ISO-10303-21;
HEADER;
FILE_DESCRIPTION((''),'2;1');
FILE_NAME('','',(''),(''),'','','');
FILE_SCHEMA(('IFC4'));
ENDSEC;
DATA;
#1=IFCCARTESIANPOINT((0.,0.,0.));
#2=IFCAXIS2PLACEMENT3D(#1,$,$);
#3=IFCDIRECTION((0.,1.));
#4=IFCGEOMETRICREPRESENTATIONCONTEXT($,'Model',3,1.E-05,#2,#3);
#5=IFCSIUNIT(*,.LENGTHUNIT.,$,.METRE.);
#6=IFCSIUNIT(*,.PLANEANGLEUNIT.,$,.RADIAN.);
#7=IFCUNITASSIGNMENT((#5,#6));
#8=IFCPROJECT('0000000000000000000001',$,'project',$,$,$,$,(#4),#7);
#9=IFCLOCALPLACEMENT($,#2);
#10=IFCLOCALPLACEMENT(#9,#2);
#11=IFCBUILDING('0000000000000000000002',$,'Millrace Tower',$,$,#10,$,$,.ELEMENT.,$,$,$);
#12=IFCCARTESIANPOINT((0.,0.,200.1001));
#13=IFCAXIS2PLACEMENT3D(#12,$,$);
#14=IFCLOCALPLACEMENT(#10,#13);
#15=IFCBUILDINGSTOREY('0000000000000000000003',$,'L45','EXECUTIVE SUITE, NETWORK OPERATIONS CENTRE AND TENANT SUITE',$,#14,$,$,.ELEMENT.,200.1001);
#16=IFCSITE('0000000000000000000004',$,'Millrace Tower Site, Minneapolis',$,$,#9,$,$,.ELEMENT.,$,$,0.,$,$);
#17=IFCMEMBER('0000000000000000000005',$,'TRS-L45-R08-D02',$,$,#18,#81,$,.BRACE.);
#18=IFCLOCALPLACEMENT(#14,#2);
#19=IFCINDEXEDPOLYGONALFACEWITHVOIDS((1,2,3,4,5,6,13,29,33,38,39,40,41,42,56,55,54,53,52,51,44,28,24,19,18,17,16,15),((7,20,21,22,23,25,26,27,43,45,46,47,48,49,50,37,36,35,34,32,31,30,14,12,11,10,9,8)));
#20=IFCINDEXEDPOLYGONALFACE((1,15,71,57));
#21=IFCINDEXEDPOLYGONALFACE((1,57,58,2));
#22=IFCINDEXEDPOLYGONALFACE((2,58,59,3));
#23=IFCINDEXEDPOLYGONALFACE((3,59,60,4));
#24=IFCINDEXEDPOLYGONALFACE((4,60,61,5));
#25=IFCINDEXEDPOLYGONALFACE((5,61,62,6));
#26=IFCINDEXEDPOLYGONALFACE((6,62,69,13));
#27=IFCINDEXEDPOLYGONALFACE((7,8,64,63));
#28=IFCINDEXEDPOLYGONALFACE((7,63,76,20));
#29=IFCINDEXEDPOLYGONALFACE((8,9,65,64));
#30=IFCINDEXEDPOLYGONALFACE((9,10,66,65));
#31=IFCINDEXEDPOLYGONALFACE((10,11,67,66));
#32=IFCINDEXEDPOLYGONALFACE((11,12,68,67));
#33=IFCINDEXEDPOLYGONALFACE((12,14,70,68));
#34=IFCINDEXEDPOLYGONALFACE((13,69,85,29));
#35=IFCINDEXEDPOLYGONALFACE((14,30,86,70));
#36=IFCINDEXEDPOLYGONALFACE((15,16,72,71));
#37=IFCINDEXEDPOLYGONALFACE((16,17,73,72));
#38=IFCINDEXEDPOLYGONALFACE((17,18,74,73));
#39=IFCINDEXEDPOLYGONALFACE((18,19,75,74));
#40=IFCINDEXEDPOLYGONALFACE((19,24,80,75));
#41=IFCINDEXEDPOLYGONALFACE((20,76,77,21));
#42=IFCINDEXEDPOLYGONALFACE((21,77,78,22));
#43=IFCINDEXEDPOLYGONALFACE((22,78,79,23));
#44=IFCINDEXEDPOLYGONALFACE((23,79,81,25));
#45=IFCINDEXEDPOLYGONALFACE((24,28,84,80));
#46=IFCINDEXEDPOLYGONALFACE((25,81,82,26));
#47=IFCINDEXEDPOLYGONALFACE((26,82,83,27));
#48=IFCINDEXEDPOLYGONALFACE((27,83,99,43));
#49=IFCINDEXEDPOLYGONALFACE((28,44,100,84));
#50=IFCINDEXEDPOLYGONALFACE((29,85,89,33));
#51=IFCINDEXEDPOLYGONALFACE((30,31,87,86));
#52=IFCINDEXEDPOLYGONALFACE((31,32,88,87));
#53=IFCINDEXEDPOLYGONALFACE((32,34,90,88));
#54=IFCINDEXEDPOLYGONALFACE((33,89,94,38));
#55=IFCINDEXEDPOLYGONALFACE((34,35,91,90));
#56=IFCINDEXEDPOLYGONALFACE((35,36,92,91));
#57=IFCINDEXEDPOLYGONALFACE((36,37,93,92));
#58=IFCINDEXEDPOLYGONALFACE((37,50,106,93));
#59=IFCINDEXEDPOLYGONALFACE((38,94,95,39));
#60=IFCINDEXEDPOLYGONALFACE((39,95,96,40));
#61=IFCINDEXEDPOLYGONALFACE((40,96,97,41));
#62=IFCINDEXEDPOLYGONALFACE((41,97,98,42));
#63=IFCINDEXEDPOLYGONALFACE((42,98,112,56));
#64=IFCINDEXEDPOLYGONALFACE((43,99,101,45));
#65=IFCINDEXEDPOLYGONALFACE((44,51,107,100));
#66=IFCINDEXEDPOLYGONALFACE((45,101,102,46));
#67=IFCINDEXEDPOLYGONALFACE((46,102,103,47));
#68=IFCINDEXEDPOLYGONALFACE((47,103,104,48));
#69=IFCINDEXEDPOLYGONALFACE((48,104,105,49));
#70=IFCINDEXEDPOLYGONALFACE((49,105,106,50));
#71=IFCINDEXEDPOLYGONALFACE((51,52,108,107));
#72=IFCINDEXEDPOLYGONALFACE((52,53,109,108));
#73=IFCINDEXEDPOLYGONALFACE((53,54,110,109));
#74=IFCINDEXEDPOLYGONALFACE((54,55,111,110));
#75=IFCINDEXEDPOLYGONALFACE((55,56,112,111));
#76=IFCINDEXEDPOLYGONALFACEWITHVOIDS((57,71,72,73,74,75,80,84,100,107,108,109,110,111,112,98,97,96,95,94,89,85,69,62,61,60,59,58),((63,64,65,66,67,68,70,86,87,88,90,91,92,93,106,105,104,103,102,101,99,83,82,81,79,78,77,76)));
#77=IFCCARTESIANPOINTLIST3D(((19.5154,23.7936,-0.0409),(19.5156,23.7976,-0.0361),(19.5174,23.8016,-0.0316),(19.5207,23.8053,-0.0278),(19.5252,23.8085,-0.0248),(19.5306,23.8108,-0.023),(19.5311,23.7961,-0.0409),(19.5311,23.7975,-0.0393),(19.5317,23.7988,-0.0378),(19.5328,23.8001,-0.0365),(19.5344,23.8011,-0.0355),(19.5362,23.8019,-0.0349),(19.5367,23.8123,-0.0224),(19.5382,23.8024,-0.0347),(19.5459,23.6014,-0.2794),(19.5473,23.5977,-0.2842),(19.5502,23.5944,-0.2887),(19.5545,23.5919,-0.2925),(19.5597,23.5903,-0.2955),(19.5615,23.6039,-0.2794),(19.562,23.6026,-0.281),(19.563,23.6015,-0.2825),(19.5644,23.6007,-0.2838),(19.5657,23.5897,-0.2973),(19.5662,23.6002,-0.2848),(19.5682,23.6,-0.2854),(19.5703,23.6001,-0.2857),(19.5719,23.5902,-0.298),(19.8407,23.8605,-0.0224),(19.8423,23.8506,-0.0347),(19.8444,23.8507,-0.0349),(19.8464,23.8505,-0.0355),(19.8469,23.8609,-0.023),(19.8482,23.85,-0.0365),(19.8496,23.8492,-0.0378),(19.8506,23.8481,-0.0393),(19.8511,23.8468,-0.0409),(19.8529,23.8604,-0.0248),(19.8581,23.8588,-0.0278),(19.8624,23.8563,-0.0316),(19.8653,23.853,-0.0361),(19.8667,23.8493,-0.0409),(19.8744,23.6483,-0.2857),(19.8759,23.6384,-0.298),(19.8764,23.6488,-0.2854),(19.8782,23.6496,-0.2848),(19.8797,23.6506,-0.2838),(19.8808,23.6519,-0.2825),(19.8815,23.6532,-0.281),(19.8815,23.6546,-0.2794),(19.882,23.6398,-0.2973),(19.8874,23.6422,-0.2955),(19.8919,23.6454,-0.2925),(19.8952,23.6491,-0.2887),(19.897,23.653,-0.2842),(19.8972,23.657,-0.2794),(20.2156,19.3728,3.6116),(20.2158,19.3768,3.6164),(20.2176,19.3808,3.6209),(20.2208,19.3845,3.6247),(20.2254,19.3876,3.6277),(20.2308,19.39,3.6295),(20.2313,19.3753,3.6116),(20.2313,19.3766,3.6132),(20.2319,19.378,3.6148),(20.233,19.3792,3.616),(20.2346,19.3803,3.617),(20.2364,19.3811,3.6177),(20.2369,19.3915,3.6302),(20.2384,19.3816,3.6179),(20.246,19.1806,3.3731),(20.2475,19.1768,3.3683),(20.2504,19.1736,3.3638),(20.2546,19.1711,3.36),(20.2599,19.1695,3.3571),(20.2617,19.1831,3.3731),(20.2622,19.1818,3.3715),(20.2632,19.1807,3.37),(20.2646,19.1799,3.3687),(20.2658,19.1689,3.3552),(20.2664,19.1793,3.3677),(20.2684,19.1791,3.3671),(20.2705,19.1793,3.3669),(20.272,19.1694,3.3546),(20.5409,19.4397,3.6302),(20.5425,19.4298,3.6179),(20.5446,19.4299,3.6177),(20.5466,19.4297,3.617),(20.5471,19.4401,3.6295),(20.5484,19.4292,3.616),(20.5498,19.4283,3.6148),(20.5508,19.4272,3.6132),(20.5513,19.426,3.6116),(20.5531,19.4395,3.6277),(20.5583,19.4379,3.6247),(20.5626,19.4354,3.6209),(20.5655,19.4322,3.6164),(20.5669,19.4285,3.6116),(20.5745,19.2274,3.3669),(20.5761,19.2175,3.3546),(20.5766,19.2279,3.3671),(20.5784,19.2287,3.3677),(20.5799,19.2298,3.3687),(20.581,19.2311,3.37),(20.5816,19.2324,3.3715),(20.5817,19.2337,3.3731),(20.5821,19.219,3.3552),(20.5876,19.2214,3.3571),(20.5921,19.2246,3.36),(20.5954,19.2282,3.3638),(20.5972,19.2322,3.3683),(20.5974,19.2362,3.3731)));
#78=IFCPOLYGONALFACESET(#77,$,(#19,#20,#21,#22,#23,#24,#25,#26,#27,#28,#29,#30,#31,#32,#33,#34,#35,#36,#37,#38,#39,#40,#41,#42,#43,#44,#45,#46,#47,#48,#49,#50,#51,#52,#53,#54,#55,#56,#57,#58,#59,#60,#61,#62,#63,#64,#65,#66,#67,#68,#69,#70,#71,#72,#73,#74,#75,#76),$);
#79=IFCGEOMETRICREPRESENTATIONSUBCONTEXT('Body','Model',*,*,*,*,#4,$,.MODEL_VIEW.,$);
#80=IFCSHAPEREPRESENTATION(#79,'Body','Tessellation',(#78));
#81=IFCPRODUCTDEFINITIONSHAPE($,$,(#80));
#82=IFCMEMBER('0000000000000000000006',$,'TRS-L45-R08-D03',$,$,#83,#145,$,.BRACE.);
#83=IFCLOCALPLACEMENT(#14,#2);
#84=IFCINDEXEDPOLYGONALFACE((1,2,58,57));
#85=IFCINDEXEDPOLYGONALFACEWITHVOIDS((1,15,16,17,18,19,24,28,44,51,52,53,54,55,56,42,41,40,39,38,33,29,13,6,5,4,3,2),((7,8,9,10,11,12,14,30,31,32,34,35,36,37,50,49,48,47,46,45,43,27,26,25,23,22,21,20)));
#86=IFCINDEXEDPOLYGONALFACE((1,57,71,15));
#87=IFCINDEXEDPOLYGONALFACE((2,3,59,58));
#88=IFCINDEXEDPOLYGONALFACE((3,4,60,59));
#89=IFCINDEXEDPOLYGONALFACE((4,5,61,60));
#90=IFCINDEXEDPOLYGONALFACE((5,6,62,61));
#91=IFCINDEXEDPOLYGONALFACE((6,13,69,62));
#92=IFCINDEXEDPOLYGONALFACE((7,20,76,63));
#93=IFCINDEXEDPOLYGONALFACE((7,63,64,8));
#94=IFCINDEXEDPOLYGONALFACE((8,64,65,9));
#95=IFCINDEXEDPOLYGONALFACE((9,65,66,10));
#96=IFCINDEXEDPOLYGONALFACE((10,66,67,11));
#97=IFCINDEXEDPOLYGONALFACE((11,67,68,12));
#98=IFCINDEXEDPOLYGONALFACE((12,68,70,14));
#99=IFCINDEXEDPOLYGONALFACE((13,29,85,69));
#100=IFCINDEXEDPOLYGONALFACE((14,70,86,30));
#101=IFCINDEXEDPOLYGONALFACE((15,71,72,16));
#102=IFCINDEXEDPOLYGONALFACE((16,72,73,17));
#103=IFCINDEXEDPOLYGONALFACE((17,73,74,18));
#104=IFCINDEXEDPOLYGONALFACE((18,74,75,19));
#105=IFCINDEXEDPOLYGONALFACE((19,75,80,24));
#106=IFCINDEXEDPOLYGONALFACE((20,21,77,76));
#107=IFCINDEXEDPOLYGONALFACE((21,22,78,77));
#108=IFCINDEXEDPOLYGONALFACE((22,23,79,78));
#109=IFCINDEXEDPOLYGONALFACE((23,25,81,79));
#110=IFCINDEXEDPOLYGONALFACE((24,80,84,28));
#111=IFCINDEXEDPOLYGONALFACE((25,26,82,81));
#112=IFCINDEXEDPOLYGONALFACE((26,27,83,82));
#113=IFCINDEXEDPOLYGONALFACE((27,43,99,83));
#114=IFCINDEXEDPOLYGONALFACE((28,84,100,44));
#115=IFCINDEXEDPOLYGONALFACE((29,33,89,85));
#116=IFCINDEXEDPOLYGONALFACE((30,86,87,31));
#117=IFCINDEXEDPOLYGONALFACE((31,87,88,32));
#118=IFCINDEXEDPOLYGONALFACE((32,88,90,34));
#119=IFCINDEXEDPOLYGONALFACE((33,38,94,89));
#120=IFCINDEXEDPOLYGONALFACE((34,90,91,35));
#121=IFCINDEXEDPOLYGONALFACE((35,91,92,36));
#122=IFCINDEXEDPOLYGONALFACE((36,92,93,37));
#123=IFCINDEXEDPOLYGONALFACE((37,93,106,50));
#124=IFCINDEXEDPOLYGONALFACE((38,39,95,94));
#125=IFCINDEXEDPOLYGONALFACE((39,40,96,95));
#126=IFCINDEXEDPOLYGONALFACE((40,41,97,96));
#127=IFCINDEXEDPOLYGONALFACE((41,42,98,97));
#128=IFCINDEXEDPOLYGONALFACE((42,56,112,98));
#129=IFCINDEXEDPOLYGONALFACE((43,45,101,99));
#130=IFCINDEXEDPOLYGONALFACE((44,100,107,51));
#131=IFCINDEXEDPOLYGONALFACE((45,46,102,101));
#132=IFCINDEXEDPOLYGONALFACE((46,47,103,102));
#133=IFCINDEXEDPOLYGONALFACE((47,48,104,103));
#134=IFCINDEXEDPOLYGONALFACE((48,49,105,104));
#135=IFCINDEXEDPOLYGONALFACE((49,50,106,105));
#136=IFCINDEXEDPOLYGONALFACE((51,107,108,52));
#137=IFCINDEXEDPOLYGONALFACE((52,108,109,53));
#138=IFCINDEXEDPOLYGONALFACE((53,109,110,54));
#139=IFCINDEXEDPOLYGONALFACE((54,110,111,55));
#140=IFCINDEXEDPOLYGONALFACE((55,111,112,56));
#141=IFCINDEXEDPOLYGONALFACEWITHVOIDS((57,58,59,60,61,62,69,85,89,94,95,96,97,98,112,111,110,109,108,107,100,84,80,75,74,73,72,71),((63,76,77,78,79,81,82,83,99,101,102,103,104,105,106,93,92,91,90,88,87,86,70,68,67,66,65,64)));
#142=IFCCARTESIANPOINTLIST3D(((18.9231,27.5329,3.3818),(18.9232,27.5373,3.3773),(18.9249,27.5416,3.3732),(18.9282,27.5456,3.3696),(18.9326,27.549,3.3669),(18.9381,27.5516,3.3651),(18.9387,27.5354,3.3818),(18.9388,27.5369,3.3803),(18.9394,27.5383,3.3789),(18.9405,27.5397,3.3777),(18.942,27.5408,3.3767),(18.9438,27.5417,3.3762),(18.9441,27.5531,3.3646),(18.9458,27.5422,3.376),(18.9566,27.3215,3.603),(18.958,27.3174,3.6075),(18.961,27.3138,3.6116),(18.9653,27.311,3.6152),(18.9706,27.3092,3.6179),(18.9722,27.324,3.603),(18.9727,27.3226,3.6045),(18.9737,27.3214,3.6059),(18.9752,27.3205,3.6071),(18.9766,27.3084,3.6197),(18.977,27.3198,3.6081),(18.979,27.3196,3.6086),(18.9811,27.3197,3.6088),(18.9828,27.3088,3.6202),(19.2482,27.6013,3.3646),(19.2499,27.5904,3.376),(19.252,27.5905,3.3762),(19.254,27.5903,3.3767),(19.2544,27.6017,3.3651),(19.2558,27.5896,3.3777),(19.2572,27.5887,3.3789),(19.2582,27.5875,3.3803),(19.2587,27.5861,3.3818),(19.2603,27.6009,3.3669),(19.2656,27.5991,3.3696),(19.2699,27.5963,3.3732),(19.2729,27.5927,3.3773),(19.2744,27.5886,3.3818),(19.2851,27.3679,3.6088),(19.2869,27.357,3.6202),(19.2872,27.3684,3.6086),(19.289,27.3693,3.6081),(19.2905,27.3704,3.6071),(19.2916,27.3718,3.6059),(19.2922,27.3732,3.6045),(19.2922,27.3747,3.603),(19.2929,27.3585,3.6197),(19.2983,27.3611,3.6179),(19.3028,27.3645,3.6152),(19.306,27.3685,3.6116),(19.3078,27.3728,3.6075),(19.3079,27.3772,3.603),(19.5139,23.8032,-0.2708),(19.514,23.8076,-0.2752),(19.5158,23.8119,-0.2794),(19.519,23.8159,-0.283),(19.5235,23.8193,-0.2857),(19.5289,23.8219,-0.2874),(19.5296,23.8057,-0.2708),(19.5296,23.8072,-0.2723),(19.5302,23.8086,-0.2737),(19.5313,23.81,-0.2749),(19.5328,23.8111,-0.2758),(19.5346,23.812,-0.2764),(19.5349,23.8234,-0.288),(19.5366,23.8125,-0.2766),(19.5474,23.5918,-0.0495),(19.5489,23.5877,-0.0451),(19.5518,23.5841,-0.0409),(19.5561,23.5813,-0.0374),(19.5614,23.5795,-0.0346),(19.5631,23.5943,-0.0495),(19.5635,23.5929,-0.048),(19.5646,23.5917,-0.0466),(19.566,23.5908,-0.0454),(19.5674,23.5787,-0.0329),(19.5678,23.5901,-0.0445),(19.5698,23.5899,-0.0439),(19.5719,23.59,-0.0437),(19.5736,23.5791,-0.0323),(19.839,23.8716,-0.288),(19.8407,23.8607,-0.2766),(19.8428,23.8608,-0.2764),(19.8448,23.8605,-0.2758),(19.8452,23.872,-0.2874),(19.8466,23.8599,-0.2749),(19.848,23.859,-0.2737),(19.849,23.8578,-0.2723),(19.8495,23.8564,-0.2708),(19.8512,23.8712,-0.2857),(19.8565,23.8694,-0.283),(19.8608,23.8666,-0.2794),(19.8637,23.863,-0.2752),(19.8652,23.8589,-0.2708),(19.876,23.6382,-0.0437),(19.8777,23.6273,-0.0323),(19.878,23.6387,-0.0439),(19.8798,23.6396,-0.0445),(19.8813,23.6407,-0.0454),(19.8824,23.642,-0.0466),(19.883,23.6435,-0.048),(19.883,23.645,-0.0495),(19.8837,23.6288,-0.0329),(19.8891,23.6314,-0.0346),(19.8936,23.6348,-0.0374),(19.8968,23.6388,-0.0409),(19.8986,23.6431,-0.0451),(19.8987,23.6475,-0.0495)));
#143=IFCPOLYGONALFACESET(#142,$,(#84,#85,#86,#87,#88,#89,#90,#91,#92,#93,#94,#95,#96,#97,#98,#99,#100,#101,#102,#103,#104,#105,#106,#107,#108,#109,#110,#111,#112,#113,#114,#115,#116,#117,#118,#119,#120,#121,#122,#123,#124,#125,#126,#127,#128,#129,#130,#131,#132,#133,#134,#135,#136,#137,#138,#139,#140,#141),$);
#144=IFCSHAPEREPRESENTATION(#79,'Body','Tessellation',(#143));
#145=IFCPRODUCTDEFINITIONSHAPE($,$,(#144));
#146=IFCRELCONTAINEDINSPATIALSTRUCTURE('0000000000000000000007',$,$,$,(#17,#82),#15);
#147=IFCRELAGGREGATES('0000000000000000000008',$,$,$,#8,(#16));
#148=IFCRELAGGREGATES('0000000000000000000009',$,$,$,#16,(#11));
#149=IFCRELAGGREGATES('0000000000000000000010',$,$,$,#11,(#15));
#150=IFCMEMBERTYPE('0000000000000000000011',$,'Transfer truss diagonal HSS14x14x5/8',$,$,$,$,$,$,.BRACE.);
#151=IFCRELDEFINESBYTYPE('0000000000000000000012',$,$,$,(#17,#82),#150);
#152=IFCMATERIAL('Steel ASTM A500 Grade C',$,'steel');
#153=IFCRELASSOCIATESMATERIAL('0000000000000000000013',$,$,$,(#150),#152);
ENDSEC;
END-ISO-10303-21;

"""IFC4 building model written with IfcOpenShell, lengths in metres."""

from ifc_helpers import new_model, si_unit, direction, frame, origin, origin_2d, place, context, subcontext, project, spatial, hollow_rectangle, extrude, material, material_profile, profile_set, type_object, element, save


model = new_model("IFC4")

# Units and contexts
model_context = context("Model", 3, precision=1e-05, world=origin(), true_north=direction((0.0, 1.0)))
body_context = subcontext(model_context, "Body", "Model", "MODEL_VIEW")
ifc_project = project(units=[si_unit("LENGTHUNIT", "METRE"), si_unit("PLANEANGLEUNIT", "RADIAN")], contexts=[model_context])

# Site, building, storey
site_placement = place(None, origin())
site = spatial("IfcSite", under=ifc_project, at=site_placement, Name="Millrace Tower Site, Minneapolis", CompositionType="ELEMENT", RefElevation=0.0)
building_placement = place(site_placement, origin())
building = spatial("IfcBuilding", under=site, at=building_placement, Name="Millrace Tower", CompositionType="ELEMENT")
storey_placement = place(building_placement, frame((0.0, 0.0, 200.1001)))
storey = spatial("IfcBuildingStorey", under=building, at=storey_placement, Name="L45", Description="EXECUTIVE SUITE, NETWORK OPERATIONS CENTRE AND TENANT SUITE", CompositionType="ELEMENT", Elevation=200.1001)

# Members
ifc_material_1 = material(Name="Steel ASTM A500 Grade C", Category="steel")
ifc_material_profile_1 = material_profile(ifc_material_1, hollow_rectangle(XDim=0.3557, YDim=0.3557, WallThickness=0.0159, InnerFilletRadius=0.0081, OuterFilletRadius=0.0239, at=origin_2d()))
ifc_profile_set_1 = profile_set([ifc_material_profile_1], Name="Steel ASTM A500 Grade C")
member_type_1 = type_object("IfcMemberType", Name="Transfer truss diagonal HSS14x14x5/8", PredefinedType="BRACE", material=ifc_profile_set_1)
member_1_placement = place(storey_placement, frame((19.7063, 23.7253, -0.1602), z_axis=(0.1212, -0.765232, 0.632242), x_axis=(0.987689, 0.156433, 0.0)))
element("IfcMember", 1, at=member_1_placement, inside=storey, type_object=member_type_1, Name="TRS-L45-R08-D02", PredefinedType="BRACE", context=body_context, shape_type="SweptSolid", body=[
    extrude(hollow_rectangle(XDim=0.3557, YDim=0.3557, WallThickness=0.0159, InnerFilletRadius=0.0081, OuterFilletRadius=0.0239, at=origin_2d()), origin(), (0.0, 0.0, 1.0), 5.7771),
])
member_2_placement = place(storey_placement, frame((19.7063, 23.7253, -0.1602), z_axis=(-0.112458, 0.709925, 0.695241), x_axis=(-0.987685, -0.156457, 0.0)))
element("IfcMember", 2, at=member_2_placement, inside=storey, type_object=member_type_1, Name="TRS-L45-R08-D03", PredefinedType="BRACE", context=body_context, shape_type="SweptSolid", body=[
    extrude(hollow_rectangle(XDim=0.3557, YDim=0.3557, WallThickness=0.0159, InnerFilletRadius=0.0081, OuterFilletRadius=0.0239, at=origin_2d()), origin(), (0.0, 0.0, 1.0), 5.2537),
])

save(model, "model.ifc")
